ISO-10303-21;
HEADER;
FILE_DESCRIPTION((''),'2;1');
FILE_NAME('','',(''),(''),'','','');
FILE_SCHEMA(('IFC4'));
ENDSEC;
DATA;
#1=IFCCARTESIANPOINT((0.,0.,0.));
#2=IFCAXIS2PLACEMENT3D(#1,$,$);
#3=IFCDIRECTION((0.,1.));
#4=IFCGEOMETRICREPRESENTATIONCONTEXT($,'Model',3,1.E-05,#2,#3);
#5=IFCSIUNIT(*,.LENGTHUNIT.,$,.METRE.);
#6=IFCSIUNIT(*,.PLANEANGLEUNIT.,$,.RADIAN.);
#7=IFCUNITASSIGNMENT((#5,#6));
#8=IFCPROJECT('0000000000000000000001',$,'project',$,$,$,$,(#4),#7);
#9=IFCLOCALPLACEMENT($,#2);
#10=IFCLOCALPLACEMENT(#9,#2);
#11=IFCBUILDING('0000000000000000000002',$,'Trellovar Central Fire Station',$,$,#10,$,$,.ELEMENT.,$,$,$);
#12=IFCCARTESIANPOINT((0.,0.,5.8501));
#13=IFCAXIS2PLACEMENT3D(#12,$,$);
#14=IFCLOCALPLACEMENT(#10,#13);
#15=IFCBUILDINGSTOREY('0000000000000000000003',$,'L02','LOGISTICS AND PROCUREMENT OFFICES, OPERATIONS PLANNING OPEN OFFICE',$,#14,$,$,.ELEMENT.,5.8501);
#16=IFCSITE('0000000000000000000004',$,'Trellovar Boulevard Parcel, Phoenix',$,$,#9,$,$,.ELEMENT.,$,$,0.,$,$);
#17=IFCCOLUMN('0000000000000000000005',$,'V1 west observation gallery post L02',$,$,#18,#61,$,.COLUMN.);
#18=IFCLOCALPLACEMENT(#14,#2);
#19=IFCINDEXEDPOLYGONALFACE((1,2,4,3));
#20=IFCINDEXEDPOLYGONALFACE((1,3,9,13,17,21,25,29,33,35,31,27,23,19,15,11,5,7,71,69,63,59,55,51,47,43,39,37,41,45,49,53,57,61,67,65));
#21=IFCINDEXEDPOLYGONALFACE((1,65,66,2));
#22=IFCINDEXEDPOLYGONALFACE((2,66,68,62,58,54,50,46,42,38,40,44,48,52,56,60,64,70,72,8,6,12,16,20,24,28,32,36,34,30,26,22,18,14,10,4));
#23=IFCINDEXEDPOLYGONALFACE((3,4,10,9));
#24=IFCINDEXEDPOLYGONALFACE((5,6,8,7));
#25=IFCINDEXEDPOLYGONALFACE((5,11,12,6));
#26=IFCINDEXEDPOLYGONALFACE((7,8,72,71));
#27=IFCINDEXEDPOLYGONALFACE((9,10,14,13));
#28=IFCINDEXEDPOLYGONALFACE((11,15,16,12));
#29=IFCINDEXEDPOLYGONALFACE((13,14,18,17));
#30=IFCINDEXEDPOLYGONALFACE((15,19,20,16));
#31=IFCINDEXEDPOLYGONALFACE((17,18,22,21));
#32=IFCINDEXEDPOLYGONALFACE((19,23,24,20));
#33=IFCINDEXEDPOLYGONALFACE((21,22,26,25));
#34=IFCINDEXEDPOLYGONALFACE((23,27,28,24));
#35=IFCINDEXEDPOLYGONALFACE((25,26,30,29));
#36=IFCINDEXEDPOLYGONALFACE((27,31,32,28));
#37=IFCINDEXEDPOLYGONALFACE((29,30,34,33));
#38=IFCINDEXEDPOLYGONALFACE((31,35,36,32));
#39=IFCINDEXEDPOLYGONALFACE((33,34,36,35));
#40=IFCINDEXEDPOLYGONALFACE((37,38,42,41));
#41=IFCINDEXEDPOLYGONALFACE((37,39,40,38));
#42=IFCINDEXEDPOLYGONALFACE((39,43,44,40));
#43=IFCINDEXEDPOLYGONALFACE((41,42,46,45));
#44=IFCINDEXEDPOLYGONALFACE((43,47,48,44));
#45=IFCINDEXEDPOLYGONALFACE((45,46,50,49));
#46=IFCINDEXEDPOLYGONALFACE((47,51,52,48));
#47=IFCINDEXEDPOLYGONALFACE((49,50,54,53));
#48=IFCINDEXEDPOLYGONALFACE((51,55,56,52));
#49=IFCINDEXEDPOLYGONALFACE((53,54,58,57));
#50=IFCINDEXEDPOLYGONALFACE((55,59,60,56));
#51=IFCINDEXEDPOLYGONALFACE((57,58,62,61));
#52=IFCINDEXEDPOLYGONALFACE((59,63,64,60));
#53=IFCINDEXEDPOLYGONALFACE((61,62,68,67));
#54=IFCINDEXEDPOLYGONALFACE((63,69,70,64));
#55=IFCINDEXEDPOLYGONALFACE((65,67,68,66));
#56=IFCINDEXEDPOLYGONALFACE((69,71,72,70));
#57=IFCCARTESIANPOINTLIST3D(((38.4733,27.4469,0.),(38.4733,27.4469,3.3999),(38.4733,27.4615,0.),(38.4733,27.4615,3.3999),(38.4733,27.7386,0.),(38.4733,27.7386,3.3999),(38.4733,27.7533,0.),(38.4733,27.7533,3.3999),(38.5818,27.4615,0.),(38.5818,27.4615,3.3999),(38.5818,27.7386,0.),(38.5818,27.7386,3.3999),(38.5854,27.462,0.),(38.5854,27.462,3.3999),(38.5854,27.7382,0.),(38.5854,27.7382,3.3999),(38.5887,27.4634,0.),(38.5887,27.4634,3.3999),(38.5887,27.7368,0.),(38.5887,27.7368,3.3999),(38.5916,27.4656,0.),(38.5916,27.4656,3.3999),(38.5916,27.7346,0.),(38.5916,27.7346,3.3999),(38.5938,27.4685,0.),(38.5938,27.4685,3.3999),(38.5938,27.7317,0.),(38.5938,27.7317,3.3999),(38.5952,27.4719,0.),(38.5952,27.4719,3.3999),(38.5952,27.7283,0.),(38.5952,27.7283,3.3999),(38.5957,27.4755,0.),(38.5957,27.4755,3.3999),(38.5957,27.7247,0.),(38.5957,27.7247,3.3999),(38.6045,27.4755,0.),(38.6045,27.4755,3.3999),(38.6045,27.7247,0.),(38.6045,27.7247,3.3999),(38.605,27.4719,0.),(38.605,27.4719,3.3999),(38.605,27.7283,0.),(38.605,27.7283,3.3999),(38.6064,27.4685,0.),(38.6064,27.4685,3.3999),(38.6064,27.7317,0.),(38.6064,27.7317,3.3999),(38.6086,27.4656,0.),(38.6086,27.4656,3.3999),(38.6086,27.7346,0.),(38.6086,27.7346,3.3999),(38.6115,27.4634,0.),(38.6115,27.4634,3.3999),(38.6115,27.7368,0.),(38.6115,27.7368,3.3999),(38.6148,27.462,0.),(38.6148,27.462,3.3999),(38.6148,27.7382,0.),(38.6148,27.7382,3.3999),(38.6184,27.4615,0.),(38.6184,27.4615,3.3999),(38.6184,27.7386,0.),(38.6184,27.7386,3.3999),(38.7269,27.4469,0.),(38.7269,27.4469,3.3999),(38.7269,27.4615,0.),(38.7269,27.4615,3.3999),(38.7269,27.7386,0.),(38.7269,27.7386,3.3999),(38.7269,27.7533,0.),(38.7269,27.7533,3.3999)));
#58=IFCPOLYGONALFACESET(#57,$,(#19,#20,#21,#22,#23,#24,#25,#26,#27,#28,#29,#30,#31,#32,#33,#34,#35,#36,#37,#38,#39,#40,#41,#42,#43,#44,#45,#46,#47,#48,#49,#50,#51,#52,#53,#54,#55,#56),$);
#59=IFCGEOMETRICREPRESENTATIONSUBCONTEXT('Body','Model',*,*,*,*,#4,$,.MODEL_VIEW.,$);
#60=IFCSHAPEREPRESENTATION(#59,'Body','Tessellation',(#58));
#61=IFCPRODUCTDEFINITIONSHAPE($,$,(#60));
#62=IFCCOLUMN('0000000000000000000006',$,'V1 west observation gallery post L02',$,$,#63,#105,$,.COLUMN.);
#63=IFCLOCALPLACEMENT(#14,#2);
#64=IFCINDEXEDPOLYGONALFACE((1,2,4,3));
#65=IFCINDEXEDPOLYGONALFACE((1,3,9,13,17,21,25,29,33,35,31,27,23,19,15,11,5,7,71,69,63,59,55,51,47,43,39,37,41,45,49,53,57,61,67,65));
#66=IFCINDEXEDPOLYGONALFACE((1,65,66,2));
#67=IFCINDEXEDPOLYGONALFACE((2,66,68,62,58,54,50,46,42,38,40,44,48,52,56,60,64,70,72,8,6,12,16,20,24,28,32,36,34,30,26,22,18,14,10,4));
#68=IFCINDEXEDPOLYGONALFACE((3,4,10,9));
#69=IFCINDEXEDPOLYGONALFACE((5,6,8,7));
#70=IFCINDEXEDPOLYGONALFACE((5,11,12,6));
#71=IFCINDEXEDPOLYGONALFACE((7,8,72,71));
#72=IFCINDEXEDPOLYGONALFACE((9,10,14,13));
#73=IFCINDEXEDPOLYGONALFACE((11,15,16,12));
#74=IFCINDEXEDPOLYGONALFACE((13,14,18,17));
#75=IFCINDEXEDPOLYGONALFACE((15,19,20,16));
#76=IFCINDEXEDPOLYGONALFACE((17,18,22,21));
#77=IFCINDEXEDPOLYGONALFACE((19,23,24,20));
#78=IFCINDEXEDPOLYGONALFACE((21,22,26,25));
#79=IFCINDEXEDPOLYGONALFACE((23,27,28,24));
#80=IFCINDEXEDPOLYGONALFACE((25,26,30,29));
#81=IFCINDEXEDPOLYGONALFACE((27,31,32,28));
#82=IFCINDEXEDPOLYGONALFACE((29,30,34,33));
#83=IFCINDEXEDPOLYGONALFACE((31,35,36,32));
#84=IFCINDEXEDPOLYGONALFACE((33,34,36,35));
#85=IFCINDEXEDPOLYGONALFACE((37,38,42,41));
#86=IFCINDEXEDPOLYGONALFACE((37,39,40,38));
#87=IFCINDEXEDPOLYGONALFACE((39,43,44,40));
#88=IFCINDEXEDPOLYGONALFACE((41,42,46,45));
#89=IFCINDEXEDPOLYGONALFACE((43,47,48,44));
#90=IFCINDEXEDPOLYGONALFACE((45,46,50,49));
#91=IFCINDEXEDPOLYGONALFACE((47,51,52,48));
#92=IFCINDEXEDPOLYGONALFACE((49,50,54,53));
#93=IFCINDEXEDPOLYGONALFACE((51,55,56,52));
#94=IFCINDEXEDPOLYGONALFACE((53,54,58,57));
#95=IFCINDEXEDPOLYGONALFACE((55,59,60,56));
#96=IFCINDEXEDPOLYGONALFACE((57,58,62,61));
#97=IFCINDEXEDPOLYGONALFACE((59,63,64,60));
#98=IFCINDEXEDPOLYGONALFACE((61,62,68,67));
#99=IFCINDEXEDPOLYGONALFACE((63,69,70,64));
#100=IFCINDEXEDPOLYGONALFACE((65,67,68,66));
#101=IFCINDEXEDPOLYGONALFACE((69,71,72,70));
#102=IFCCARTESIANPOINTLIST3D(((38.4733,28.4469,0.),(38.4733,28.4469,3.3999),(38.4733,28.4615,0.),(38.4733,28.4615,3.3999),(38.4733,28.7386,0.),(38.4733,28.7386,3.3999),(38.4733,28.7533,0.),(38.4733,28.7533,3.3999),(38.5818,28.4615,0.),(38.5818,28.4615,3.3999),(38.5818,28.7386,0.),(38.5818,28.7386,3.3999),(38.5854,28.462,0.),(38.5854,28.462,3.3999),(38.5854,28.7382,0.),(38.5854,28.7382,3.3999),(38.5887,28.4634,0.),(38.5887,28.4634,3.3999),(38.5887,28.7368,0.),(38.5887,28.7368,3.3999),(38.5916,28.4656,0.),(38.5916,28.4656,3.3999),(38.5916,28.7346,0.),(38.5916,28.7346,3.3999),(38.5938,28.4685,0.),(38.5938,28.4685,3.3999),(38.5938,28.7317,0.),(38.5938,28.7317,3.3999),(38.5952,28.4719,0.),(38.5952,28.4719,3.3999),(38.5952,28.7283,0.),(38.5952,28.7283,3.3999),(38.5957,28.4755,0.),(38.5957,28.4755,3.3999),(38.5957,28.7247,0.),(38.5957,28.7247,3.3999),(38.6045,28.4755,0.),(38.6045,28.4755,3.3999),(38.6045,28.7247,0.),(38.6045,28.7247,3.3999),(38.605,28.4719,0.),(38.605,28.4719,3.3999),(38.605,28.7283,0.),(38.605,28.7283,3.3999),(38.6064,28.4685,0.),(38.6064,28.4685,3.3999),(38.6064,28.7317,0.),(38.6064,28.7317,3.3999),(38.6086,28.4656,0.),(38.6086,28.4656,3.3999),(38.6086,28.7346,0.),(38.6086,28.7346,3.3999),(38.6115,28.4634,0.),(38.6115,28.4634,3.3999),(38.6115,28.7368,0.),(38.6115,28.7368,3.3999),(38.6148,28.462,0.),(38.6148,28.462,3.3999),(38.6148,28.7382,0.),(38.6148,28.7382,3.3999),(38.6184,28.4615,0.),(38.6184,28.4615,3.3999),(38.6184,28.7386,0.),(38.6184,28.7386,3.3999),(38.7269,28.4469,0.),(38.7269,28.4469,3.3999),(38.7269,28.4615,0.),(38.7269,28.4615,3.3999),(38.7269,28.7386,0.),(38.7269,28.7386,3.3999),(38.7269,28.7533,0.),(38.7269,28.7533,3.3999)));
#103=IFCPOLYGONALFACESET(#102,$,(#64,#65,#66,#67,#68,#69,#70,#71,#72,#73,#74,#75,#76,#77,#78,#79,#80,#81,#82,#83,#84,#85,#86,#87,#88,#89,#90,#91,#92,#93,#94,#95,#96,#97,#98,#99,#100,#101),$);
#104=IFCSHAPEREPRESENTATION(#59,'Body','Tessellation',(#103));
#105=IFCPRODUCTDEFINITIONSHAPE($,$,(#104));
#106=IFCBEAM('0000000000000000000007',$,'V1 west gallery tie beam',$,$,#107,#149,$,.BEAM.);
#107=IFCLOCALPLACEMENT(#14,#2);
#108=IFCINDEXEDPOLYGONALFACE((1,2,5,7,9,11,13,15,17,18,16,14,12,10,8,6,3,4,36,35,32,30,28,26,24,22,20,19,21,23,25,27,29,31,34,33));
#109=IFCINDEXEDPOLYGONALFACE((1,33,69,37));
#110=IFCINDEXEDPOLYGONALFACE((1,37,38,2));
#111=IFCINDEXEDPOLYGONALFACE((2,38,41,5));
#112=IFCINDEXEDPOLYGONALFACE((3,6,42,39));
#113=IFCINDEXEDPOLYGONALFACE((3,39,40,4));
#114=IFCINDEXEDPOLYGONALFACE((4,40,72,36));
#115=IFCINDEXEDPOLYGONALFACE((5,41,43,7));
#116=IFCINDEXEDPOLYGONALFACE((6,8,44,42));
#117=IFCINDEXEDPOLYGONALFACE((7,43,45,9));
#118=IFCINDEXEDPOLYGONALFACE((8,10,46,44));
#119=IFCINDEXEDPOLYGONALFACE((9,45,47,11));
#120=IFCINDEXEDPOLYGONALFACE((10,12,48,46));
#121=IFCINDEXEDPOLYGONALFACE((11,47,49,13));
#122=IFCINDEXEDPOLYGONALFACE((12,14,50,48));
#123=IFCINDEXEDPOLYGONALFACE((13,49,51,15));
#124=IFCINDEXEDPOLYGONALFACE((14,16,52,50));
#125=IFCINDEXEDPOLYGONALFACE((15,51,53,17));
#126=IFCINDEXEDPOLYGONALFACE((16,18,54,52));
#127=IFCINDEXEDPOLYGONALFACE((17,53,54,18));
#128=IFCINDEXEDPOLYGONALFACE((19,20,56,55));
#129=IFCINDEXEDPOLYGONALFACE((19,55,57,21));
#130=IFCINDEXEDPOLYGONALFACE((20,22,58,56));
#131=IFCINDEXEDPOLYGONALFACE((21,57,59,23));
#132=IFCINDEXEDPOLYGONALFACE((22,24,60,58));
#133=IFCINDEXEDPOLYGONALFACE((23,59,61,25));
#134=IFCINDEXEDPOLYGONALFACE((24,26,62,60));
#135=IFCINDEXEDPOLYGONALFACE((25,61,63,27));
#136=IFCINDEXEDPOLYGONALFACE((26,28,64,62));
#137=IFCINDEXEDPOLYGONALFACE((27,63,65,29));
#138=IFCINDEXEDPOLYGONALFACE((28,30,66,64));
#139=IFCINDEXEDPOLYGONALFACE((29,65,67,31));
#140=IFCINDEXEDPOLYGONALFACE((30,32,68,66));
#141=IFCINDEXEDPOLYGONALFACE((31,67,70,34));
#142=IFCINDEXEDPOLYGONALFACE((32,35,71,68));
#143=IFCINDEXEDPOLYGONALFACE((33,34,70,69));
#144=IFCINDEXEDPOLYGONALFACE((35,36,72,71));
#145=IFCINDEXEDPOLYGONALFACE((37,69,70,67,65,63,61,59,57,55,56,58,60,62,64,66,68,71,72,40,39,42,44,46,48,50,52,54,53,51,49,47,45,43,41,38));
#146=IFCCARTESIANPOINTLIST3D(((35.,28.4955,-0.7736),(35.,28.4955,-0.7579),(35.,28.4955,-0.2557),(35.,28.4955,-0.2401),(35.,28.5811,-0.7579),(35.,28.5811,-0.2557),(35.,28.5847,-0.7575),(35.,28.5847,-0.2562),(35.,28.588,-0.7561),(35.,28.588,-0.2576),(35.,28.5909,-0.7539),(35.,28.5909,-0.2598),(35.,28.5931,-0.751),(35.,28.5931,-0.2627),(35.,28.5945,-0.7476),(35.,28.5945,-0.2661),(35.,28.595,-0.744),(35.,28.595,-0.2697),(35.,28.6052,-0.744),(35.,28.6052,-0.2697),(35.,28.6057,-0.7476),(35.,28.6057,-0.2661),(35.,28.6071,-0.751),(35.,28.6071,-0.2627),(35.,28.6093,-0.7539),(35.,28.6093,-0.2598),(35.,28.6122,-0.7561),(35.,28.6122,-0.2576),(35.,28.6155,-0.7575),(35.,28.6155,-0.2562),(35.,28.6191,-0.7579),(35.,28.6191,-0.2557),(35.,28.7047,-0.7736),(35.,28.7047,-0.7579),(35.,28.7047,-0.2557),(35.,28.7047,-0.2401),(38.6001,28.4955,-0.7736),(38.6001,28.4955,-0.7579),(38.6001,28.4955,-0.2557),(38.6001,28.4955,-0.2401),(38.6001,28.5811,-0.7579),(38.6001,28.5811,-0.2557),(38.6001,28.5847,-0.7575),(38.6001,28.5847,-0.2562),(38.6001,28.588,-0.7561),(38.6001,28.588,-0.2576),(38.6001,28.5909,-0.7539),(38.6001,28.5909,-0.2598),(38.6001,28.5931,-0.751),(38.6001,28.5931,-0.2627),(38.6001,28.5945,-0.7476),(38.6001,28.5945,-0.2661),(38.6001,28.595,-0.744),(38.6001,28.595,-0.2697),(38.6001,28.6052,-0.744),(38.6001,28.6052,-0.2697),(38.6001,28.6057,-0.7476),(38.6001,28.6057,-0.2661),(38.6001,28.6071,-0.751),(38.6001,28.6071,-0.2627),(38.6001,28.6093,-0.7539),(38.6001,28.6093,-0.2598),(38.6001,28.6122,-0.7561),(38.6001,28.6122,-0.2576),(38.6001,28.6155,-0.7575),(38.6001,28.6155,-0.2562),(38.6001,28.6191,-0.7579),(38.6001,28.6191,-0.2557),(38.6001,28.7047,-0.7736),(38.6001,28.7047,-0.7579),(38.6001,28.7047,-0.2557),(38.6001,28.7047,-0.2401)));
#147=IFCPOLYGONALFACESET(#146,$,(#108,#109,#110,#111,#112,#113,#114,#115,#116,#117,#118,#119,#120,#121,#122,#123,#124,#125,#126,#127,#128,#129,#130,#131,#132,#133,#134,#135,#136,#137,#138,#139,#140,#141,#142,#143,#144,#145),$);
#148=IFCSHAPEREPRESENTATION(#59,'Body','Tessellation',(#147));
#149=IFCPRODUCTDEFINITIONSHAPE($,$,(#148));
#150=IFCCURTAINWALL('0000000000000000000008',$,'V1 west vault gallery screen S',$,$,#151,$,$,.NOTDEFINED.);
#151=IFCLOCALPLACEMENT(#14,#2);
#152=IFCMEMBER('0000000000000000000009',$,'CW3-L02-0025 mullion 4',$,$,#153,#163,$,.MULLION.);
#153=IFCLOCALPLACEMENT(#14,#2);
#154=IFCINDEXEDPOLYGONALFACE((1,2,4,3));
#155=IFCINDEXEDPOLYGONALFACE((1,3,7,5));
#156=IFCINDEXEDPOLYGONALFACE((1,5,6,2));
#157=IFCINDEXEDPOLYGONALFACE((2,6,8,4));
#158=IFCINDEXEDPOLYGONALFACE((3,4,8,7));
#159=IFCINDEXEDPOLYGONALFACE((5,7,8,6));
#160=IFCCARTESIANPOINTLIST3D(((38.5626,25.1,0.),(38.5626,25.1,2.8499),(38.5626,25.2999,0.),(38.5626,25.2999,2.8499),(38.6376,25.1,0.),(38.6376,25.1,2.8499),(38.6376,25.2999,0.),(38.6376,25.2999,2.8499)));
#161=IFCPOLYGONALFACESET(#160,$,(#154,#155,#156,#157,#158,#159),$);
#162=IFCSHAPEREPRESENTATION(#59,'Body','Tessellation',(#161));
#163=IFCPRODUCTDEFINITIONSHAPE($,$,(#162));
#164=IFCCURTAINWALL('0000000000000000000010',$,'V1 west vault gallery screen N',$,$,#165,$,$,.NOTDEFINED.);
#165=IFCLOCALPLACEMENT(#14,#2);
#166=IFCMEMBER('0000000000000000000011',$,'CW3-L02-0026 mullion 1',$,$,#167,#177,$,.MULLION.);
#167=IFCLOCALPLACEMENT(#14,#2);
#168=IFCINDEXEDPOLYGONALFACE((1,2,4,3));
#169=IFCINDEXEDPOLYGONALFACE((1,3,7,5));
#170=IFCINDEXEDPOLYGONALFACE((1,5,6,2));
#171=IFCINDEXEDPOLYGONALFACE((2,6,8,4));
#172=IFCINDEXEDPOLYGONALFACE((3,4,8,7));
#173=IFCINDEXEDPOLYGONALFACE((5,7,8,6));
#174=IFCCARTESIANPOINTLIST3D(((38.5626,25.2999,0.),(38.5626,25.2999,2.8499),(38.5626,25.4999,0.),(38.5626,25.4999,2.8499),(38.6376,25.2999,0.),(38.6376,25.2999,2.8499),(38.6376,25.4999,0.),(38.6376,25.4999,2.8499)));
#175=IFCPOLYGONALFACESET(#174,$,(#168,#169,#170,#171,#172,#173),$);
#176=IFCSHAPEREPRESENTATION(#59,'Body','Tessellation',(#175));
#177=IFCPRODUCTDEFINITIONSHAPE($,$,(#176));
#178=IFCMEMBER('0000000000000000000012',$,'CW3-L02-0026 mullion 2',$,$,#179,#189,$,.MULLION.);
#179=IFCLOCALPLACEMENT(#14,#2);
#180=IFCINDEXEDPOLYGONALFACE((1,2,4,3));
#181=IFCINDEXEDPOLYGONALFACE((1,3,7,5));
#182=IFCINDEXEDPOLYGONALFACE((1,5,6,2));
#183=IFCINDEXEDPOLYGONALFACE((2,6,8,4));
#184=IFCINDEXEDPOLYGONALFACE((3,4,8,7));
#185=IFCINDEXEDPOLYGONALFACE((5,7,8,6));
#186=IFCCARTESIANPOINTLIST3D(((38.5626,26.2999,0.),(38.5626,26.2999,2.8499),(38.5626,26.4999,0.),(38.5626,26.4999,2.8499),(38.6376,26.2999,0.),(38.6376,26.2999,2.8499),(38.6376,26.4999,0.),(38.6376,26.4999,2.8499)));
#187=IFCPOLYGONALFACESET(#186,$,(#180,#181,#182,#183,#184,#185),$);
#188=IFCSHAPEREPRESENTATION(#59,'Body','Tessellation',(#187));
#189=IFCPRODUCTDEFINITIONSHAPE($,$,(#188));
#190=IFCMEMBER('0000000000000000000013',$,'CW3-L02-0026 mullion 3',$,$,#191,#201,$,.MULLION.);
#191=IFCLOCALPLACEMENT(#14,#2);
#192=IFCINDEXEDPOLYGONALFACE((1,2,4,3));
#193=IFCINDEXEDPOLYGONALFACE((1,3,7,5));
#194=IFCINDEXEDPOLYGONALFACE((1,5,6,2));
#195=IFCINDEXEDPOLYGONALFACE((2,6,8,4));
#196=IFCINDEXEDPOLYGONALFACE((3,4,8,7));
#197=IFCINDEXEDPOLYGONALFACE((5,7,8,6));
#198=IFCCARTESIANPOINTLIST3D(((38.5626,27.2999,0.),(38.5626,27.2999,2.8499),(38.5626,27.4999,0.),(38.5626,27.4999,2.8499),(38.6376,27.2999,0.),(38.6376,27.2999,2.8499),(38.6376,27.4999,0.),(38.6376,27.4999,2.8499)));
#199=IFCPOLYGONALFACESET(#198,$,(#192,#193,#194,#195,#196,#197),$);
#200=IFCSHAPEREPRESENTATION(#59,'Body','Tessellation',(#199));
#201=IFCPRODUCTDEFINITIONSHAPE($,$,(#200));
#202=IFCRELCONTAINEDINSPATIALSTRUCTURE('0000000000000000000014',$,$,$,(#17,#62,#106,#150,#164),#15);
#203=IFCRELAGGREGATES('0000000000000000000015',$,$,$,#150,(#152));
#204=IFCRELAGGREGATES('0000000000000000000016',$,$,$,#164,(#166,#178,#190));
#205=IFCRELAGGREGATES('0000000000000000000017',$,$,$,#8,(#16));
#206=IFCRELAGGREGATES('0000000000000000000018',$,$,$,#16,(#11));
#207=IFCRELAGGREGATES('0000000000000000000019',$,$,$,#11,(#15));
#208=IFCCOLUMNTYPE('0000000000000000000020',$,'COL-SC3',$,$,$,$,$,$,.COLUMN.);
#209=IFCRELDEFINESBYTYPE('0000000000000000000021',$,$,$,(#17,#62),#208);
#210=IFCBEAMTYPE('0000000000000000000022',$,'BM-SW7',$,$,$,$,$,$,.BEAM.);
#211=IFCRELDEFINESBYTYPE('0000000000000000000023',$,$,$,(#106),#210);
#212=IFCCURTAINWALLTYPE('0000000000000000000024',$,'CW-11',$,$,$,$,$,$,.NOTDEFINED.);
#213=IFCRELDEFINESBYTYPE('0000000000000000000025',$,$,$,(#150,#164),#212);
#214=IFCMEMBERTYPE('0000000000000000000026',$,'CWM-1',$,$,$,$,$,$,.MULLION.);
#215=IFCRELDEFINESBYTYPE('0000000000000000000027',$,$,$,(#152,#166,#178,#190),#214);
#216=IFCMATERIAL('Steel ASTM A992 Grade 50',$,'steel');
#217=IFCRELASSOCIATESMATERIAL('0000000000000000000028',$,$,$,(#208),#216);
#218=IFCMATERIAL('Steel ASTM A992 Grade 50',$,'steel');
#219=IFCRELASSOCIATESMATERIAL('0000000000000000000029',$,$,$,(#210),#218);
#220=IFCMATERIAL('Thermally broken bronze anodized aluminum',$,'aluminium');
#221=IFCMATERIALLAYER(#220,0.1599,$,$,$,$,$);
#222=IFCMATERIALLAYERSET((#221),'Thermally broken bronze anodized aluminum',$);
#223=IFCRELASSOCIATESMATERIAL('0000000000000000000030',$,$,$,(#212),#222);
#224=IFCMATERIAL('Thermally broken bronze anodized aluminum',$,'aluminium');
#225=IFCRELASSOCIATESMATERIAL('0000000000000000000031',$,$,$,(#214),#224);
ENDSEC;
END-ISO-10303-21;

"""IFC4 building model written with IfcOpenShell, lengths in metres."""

from ifc_helpers import new_model, si_unit, direction, frame, origin, origin_2d, place, context, subcontext, project, spatial, rectangle, i_section, extrude, material, layer, layer_set, material_profile, profile_set, type_object, element, aggregate, save


model = new_model("IFC4")

# Units and contexts
model_context = context("Model", 3, precision=1e-05, world=origin(), true_north=direction((0.0, 1.0)))
body_context = subcontext(model_context, "Body", "Model", "MODEL_VIEW")
ifc_project = project(units=[si_unit("LENGTHUNIT", "METRE"), si_unit("PLANEANGLEUNIT", "RADIAN")], contexts=[model_context])

# Site, building, storey
site_placement = place(None, origin())
site = spatial("IfcSite", under=ifc_project, at=site_placement, Name="Trellovar Boulevard Parcel, Phoenix", CompositionType="ELEMENT", RefElevation=0.0)
building_placement = place(site_placement, origin())
building = spatial("IfcBuilding", under=site, at=building_placement, Name="Trellovar Central Fire Station", CompositionType="ELEMENT")
storey_placement = place(building_placement, frame((0.0, 0.0, 5.8501)))
storey = spatial("IfcBuildingStorey", under=building, at=storey_placement, Name="L02", Description="LOGISTICS AND PROCUREMENT OFFICES, OPERATIONS PLANNING OPEN OFFICE", CompositionType="ELEMENT", Elevation=5.8501)

# Columns
ifc_material_1 = material(Name="Steel ASTM A992 Grade 50", Category="steel")
ifc_material_profile_1 = material_profile(ifc_material_1, i_section(OverallWidth=0.2537, OverallDepth=0.3064, WebThickness=0.0088, FlangeThickness=0.0146, FilletRadius=0.0139, at=origin_2d()), Name="W12X53")
ifc_profile_set_1 = profile_set([ifc_material_profile_1], Name="Steel ASTM A992 Grade 50")
column_type = type_object("IfcColumnType", Name="COL-SC3", PredefinedType="COLUMN", material=ifc_profile_set_1)
for number, where, z_axis, x_axis, name in (
    (1, (38.6001, 27.6001, 0.0), (0.0, 0.0, 1.0), (1.0, 0.0, 0.0), "V1 west observation gallery post L02"),
    (2, (38.6001, 28.6001, 0.0), (0.0, 0.0, 1.0), (1.0, 0.0, 0.0), "V1 west observation gallery post L02"),
):
    element("IfcColumn", number, at=place(storey_placement, frame(where, z_axis=z_axis, x_axis=x_axis)), inside=storey, type_object=column_type, Name=name, PredefinedType="COLUMN", context=body_context, shape_type="SweptSolid", body=[
        extrude(i_section(OverallWidth=0.2537, OverallDepth=0.3064, WebThickness=0.0088, FlangeThickness=0.0146, FilletRadius=0.0139, at=origin_2d()), origin(), (0.0, 0.0, 1.0), 3.3999),
    ])

# Beam
ifc_material_2 = material(Name="Steel ASTM A992 Grade 50", Category="steel")
ifc_material_profile_2 = material_profile(ifc_material_2, i_section(OverallWidth=0.2092, OverallDepth=0.5334, WebThickness=0.0103, FlangeThickness=0.0156, FilletRadius=0.0139, at=origin_2d()), Name="W21X62")
ifc_profile_set_2 = profile_set([ifc_material_profile_2], Name="Steel ASTM A992 Grade 50")
beam_type = type_object("IfcBeamType", Name="BM-SW7", PredefinedType="BEAM", material=ifc_profile_set_2)
beam_placement = place(storey_placement, frame((35.0, 28.6001, -0.5068), z_axis=(1.0, 0.0, 0.0), x_axis=(0.0, 1.0, 0.0)))
element("IfcBeam", 3, at=beam_placement, inside=storey, type_object=beam_type, Name="V1 west gallery tie beam", PredefinedType="BEAM", context=body_context, shape_type="SweptSolid", body=[
    extrude(i_section(OverallWidth=0.2092, OverallDepth=0.5334, WebThickness=0.0103, FlangeThickness=0.0156, FilletRadius=0.0139, at=origin_2d()), origin(), (0.0, 0.0, 1.0), 3.6001),
])

# Curtain wall, member
ifc_material_3 = material(Name="Thermally broken bronze anodized aluminum", Category="aluminium")
ifc_layer_1 = layer(ifc_material_3, 0.1599)
ifc_layer_set_1 = layer_set([ifc_layer_1], Name="Thermally broken bronze anodized aluminum")
curtain_wall_type = type_object("IfcCurtainWallType", Name="CW-11", PredefinedType="NOTDEFINED", material=ifc_layer_set_1)
curtain_wall_1_placement = place(storey_placement, origin())
curtain_wall_1 = element("IfcCurtainWall", 4, at=curtain_wall_1_placement, inside=storey, type_object=curtain_wall_type, Name="V1 west vault gallery screen S", PredefinedType="NOTDEFINED")
ifc_material_4 = material(Name="Thermally broken bronze anodized aluminum", Category="aluminium")
ifc_material_profile_3 = material_profile(ifc_material_4, rectangle(XDim=0.075, YDim=0.2, at=origin_2d()), Name="ALU75X200")
ifc_profile_set_3 = profile_set([ifc_material_profile_3], Name="Thermally broken bronze anodized aluminum")
member_type_1 = type_object("IfcMemberType", Name="CWM-1", PredefinedType="MULLION", material=ifc_profile_set_3)
member_1_placement = place(storey_placement, frame((38.6001, 25.2, 0.0), z_axis=(0.0, 0.0, 1.0), x_axis=(1.0, 0.0, 0.0)))
member_1 = element("IfcMember", 5, at=member_1_placement, type_object=member_type_1, Name="CW3-L02-0025 mullion 4", PredefinedType="MULLION", context=body_context, shape_type="SweptSolid", body=[
    extrude(rectangle(XDim=0.075, YDim=0.2, at=origin_2d()), origin(), (0.0, 0.0, 1.0), 2.8499),
])

# Curtain wall, members
curtain_wall_2_placement = place(storey_placement, origin())
curtain_wall_2 = element("IfcCurtainWall", 6, at=curtain_wall_2_placement, inside=storey, type_object=curtain_wall_type, Name="V1 west vault gallery screen N", PredefinedType="NOTDEFINED")
member_2_placement = place(storey_placement, frame((38.6001, 25.3999, 0.0), z_axis=(0.0, 0.0, 1.0), x_axis=(1.0, 0.0, 0.0)))
member_2 = element("IfcMember", 7, at=member_2_placement, type_object=member_type_1, Name="CW3-L02-0026 mullion 1", PredefinedType="MULLION", context=body_context, shape_type="SweptSolid", body=[
    extrude(rectangle(XDim=0.075, YDim=0.2, at=origin_2d()), origin(), (0.0, 0.0, 1.0), 2.8499),
])
member_3_placement = place(storey_placement, frame((38.6001, 26.3999, 0.0), z_axis=(0.0, 0.0, 1.0), x_axis=(1.0, 0.0, 0.0)))
member_3 = element("IfcMember", 8, at=member_3_placement, type_object=member_type_1, Name="CW3-L02-0026 mullion 2", PredefinedType="MULLION", context=body_context, shape_type="SweptSolid", body=[
    extrude(rectangle(XDim=0.075, YDim=0.2, at=origin_2d()), origin(), (0.0, 0.0, 1.0), 2.8499),
])
member_4_placement = place(storey_placement, frame((38.6001, 27.3999, 0.0), z_axis=(0.0, 0.0, 1.0), x_axis=(1.0, 0.0, 0.0)))
member_4 = element("IfcMember", 9, at=member_4_placement, type_object=member_type_1, Name="CW3-L02-0026 mullion 3", PredefinedType="MULLION", context=body_context, shape_type="SweptSolid", body=[
    extrude(rectangle(XDim=0.075, YDim=0.2, at=origin_2d()), origin(), (0.0, 0.0, 1.0), 2.8499),
])

aggregate(curtain_wall_1, [member_1])
aggregate(curtain_wall_2, [member_2, member_3, member_4])

save(model, "model.ifc")
